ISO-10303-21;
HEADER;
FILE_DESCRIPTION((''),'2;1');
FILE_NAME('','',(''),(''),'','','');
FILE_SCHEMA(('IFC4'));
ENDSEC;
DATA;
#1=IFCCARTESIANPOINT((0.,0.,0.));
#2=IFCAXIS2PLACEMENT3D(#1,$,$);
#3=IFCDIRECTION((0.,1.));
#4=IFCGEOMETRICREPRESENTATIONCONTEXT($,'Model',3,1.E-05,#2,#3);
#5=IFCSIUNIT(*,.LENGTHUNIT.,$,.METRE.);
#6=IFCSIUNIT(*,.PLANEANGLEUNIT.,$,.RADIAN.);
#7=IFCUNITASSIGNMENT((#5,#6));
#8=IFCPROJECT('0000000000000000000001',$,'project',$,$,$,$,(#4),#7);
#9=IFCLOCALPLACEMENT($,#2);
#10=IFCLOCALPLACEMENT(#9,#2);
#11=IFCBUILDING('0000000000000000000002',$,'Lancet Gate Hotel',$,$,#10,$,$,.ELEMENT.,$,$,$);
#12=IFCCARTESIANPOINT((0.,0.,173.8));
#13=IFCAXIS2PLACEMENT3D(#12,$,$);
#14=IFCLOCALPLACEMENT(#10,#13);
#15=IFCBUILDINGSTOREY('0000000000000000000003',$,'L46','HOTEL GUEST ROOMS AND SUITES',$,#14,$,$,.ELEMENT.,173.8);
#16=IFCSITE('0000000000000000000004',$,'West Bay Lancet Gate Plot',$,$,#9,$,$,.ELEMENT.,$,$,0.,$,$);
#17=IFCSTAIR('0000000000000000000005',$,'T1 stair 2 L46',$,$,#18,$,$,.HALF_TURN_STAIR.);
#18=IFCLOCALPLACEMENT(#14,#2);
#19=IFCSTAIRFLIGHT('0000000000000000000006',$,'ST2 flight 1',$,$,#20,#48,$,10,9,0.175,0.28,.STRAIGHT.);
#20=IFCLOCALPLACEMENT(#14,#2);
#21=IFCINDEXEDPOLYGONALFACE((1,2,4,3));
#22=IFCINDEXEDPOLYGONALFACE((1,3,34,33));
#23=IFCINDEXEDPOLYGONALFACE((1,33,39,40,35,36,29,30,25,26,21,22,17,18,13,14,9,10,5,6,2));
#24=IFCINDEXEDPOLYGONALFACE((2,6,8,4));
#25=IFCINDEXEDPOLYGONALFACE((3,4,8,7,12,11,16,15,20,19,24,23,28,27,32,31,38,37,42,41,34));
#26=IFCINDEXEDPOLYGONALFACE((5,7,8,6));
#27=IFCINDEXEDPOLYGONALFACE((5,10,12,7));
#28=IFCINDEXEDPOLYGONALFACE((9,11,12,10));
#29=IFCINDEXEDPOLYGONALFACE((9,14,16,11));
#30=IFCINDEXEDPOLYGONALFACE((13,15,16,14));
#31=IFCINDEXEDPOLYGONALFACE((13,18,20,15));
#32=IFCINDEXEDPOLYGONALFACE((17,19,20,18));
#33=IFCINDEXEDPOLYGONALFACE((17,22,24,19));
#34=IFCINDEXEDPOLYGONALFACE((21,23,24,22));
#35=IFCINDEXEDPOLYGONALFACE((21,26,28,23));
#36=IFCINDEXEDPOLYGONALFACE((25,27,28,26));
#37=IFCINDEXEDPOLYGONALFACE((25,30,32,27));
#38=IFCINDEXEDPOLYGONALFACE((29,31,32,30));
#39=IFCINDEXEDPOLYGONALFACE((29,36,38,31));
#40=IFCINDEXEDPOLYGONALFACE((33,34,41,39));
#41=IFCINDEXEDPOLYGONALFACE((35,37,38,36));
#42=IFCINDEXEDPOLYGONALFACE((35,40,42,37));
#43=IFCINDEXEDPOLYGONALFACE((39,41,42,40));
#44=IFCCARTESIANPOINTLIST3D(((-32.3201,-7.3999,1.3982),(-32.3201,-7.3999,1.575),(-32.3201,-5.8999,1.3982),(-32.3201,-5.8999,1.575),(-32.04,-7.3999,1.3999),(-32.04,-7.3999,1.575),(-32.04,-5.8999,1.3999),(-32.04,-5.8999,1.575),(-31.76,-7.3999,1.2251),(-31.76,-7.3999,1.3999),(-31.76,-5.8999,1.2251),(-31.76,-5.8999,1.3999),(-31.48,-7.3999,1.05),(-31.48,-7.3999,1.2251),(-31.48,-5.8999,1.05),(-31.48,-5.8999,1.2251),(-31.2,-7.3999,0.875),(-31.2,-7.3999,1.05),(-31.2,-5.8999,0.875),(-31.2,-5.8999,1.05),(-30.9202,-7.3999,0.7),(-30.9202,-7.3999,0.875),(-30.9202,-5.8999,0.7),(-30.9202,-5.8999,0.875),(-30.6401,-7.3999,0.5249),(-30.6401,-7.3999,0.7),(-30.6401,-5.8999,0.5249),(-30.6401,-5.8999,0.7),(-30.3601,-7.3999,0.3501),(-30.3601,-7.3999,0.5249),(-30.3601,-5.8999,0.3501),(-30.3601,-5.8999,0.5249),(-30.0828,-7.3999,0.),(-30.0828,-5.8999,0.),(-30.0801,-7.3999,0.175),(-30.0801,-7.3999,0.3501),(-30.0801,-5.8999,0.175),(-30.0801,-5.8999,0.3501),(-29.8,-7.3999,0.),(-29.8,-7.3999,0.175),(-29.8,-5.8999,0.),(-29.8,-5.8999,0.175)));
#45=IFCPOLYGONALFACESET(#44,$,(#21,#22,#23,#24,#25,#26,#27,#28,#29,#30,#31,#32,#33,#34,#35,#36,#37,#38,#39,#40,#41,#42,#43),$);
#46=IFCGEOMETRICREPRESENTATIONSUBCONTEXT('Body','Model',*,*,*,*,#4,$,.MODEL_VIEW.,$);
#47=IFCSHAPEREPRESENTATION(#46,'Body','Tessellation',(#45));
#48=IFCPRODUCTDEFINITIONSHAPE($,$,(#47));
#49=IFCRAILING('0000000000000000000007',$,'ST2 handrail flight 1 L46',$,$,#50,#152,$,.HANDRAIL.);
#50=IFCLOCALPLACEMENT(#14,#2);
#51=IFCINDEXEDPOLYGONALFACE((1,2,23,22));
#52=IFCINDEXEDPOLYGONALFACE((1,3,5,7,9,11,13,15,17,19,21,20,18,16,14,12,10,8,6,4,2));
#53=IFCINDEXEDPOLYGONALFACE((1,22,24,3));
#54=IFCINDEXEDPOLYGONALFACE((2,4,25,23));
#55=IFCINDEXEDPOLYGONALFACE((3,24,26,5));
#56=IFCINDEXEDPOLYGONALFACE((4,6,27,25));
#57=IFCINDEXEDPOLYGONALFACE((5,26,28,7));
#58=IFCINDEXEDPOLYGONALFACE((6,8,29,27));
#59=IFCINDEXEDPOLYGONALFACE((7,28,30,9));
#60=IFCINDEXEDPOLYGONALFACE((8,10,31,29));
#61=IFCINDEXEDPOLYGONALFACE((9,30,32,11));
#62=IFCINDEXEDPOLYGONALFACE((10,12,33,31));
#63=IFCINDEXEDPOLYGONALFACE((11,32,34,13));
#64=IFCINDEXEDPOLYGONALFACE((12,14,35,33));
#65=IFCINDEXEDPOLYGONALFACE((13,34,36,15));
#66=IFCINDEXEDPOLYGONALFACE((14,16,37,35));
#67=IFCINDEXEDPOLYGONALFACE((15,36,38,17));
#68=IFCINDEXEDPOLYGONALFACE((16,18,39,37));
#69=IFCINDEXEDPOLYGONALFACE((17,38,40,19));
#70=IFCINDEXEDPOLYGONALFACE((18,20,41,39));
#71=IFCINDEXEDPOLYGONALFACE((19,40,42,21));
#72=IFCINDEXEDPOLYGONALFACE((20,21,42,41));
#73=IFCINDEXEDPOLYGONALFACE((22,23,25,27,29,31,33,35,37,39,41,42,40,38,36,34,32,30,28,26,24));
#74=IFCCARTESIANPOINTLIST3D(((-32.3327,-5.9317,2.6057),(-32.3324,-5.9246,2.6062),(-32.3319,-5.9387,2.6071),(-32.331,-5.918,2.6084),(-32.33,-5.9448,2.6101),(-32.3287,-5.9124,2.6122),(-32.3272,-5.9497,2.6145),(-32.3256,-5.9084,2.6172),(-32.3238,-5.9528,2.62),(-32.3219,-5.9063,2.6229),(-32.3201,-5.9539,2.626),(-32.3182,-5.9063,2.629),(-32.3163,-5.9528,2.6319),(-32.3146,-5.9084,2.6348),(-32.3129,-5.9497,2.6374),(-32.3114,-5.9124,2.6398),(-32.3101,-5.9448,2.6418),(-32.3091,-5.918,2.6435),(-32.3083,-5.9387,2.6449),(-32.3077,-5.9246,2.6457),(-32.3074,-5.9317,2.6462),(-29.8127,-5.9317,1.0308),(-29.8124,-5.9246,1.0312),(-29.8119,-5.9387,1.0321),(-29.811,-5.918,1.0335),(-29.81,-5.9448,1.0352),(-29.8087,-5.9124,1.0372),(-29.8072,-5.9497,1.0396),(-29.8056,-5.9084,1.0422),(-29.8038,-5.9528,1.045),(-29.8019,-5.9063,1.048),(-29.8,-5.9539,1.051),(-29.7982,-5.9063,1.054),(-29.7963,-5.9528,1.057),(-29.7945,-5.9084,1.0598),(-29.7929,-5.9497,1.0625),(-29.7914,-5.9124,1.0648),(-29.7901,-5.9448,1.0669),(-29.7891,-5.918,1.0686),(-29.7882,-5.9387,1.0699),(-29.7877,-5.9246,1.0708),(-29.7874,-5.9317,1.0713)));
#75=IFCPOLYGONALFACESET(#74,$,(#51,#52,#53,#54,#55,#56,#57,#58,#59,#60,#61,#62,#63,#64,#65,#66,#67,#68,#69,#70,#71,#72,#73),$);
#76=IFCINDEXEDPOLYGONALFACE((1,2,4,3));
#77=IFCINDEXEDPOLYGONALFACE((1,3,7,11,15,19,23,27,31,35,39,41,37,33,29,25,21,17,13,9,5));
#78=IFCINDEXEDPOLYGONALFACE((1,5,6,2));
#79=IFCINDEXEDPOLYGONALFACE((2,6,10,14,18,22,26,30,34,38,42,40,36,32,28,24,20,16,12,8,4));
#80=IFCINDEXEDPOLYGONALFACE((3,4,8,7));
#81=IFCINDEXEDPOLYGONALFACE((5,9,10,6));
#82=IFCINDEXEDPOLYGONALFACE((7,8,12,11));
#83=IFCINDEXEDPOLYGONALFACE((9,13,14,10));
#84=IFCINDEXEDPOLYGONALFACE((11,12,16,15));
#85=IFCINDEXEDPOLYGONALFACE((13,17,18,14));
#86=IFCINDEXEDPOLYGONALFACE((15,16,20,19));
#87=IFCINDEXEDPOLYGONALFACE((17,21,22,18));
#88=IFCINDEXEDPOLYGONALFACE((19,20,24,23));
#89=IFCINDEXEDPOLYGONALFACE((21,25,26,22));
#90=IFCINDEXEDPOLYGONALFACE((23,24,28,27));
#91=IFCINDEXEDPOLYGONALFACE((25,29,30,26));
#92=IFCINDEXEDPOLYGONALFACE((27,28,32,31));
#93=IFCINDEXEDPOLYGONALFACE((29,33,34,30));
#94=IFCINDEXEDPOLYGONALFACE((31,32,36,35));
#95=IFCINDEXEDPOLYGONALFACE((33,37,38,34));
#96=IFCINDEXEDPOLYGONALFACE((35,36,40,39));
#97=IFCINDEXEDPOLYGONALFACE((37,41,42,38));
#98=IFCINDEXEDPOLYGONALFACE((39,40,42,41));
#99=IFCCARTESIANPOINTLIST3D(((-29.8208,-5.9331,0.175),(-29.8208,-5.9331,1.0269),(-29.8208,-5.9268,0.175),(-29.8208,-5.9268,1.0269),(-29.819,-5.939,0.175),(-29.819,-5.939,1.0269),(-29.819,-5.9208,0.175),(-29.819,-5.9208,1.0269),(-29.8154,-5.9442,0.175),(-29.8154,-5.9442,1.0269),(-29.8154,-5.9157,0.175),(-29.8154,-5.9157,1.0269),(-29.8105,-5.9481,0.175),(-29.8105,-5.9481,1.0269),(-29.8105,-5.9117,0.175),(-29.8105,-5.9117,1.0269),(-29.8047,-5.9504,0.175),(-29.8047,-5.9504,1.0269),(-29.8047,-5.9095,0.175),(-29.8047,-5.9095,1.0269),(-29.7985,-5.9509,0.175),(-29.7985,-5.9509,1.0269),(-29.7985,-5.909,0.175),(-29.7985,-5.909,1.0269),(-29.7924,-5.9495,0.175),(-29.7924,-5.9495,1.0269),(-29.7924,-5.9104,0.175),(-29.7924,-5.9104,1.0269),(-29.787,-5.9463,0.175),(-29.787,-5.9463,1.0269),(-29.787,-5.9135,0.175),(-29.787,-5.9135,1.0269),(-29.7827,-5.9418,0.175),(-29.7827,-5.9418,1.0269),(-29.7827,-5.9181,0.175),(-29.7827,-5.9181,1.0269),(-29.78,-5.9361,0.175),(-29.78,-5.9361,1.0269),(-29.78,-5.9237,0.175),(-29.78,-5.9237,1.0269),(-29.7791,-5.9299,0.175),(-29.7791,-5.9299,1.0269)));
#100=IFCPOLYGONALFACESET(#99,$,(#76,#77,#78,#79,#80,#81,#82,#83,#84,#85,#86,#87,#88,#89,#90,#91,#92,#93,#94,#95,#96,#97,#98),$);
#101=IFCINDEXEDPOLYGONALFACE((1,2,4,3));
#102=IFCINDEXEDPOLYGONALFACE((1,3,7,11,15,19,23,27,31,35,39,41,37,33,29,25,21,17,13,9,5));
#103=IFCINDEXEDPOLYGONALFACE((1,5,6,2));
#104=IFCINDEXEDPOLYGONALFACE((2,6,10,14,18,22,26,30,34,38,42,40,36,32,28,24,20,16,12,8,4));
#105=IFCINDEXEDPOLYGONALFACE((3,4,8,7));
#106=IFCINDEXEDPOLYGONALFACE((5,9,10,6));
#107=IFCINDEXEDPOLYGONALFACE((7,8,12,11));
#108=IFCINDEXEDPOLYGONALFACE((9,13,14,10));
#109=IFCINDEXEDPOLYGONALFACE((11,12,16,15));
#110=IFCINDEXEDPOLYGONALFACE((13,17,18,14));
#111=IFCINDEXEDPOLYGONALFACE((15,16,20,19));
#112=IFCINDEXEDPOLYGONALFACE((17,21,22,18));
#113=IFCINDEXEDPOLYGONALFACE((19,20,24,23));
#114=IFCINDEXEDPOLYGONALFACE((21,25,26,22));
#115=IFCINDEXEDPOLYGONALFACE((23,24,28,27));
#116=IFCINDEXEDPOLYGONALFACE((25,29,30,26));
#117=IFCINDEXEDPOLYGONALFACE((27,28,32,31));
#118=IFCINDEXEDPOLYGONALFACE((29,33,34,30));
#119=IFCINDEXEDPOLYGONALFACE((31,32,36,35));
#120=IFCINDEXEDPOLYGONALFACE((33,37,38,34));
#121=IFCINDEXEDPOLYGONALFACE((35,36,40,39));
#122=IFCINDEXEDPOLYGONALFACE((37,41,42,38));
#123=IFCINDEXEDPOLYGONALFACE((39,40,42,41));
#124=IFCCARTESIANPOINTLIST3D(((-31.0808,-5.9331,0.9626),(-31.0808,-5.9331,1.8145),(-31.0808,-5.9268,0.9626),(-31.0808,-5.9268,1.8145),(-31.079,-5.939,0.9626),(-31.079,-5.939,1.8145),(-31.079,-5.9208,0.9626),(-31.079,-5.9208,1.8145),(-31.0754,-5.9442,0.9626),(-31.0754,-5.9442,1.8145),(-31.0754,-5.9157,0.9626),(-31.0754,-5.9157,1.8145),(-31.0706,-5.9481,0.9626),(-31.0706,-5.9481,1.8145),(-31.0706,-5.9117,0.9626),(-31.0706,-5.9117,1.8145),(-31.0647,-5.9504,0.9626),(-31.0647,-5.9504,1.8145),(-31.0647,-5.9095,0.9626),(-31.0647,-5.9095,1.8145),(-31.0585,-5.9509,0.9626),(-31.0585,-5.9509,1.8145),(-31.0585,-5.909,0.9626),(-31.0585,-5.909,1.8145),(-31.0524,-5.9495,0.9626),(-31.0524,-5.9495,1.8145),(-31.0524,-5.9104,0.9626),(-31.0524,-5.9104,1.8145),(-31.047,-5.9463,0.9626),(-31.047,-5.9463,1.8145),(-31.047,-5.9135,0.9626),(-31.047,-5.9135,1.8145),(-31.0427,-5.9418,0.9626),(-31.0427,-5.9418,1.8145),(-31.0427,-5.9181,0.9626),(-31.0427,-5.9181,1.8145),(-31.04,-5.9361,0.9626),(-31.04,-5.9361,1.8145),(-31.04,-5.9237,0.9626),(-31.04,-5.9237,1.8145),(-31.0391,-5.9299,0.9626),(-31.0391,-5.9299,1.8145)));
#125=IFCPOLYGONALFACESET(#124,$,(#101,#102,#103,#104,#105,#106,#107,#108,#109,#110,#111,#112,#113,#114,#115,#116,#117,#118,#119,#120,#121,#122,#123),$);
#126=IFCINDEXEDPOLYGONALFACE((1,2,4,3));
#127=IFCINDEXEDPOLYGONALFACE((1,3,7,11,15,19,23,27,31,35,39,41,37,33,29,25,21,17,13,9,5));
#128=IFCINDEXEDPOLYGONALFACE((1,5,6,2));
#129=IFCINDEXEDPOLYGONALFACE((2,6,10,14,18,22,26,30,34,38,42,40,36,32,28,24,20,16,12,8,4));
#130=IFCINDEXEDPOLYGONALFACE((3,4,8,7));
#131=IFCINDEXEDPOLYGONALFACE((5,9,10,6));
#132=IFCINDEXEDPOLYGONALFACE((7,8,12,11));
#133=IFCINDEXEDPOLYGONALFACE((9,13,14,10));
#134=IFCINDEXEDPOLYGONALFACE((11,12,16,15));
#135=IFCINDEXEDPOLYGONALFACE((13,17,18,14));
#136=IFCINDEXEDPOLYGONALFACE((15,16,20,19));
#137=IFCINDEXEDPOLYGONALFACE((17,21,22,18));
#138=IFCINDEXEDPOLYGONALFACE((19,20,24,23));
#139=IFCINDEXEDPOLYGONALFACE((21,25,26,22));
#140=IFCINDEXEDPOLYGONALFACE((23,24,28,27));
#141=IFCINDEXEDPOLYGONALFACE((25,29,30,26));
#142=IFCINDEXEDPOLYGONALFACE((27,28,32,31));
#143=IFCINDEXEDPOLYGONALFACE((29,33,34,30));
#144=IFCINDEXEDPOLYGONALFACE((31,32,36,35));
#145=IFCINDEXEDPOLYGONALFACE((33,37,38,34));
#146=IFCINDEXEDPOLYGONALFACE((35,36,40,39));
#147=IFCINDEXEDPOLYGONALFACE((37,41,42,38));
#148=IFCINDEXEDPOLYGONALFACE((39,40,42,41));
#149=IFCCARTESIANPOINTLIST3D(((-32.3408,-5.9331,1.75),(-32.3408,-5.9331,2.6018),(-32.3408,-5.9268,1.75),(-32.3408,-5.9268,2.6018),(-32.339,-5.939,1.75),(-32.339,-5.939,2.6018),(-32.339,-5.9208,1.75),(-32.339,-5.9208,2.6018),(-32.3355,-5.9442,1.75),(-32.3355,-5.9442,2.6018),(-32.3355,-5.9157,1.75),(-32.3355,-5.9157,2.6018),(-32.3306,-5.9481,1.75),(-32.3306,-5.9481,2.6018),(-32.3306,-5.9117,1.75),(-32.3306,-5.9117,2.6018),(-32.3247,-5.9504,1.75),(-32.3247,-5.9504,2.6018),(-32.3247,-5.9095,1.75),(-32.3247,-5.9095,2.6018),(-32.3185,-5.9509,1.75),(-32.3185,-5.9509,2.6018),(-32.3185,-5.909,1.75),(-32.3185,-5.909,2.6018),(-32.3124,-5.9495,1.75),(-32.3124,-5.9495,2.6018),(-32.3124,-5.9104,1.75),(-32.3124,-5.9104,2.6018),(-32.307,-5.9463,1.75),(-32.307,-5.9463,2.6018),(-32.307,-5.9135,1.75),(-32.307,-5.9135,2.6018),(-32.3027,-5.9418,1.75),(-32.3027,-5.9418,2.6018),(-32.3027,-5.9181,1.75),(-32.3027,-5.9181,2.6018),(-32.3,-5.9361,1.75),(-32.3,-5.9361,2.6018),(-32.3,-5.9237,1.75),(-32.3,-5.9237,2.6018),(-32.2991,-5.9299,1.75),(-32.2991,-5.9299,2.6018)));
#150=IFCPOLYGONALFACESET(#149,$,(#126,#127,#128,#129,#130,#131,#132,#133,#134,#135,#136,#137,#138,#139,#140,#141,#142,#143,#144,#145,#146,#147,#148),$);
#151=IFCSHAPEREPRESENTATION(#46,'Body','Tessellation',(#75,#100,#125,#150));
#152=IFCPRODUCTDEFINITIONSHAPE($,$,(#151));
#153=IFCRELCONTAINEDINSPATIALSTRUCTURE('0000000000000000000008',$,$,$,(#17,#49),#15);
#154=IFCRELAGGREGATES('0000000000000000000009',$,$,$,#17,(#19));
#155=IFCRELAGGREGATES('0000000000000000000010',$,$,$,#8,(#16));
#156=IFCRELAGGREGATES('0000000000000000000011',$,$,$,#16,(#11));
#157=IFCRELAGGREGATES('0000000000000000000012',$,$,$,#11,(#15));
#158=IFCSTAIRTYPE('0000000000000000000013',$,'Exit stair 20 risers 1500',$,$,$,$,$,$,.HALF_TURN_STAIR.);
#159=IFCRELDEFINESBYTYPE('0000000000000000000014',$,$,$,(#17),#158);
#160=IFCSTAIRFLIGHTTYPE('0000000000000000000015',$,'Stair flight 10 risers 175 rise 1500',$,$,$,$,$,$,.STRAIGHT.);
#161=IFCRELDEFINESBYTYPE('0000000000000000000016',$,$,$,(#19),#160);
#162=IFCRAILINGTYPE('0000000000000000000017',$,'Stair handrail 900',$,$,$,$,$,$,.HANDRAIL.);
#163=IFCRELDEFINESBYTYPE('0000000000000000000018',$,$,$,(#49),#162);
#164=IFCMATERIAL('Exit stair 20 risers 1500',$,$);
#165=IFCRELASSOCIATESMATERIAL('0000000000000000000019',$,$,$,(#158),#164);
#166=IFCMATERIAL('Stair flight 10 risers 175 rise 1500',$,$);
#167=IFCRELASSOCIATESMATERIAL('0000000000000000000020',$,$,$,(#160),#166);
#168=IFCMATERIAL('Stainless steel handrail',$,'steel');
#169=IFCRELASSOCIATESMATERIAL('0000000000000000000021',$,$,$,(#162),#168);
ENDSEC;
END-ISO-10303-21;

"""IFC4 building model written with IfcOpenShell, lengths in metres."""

from ifc_helpers import new_model, si_unit, direction, frame, origin, origin_2d, place, context, subcontext, project, spatial, polyline, circle, outline, extrude, material, type_object, element, aggregate, save


model = new_model("IFC4")

# Units and contexts
model_context = context("Model", 3, precision=1e-05, world=origin(), true_north=direction((0.0, 1.0)))
body_context = subcontext(model_context, "Body", "Model", "MODEL_VIEW")
ifc_project = project(units=[si_unit("LENGTHUNIT", "METRE"), si_unit("PLANEANGLEUNIT", "RADIAN")], contexts=[model_context])

# Site, building, storey
site_placement = place(None, origin())
site = spatial("IfcSite", under=ifc_project, at=site_placement, Name="West Bay Lancet Gate Plot", CompositionType="ELEMENT", RefElevation=0.0)
building_placement = place(site_placement, origin())
building = spatial("IfcBuilding", under=site, at=building_placement, Name="Lancet Gate Hotel", CompositionType="ELEMENT")
storey_placement = place(building_placement, frame((0.0, 0.0, 173.8)))
storey = spatial("IfcBuildingStorey", under=building, at=storey_placement, Name="L46", Description="HOTEL GUEST ROOMS AND SUITES", CompositionType="ELEMENT", Elevation=173.8)

# Stair, stair flight
ifc_material_1 = material(Name="Exit stair 20 risers 1500")
stair_type = type_object("IfcStairType", Name="Exit stair 20 risers 1500", PredefinedType="HALF_TURN_STAIR", material=ifc_material_1)
stair_placement = place(storey_placement, origin())
stair = element("IfcStair", 1, at=stair_placement, inside=storey, type_object=stair_type, Name="T1 stair 2 L46", PredefinedType="HALF_TURN_STAIR")
ifc_material_2 = material(Name="Stair flight 10 risers 175 rise 1500")
stair_flight_type = type_object("IfcStairFlightType", Name="Stair flight 10 risers 175 rise 1500", PredefinedType="STRAIGHT", material=ifc_material_2)
stair_flight_placement = place(storey_placement, frame((-29.8, -6.6499, 0.0), z_axis=(0.0, 0.0, 1.0), x_axis=(-1.0, 0.0, 0.0)))
stair_flight = element("IfcStairFlight", 2, at=stair_flight_placement, type_object=stair_flight_type, Name="ST2 flight 1", NumberOfRisers=10, NumberOfTreads=9, PredefinedType="STRAIGHT", RiserHeight=0.175, TreadLength=0.28, context=body_context, shape_type="SweptSolid", body=[
    extrude(outline(polyline([(0.0, 0.0), (0.0, 0.175), (0.28, 0.175), (0.28, 0.3501), (0.5601, 0.3501), (0.5601, 0.5249), (0.8401, 0.5249), (0.8401, 0.7), (1.1201, 0.7), (1.1201, 0.875), (1.3999, 0.875), (1.3999, 1.05), (1.6799, 1.05), (1.6799, 1.2251), (1.96, 1.2251), (1.96, 1.3999), (2.24, 1.3999), (2.24, 1.575), (2.52, 1.575), (2.52, 1.75), (2.52, 1.3982), (0.2827, 0.0), (0.0, 0.0)])), frame((0.0, 0.75, 0.0), z_axis=(0.0, -1.0, 0.0), x_axis=(1.0, 0.0, 0.0)), (0.0, 0.0, 1.0), 1.5),
])
aggregate(stair, [stair_flight])

# Railing
ifc_material_3 = material(Name="Stainless steel handrail", Category="steel")
railing_type = type_object("IfcRailingType", Name="Stair handrail 900", PredefinedType="HANDRAIL", material=ifc_material_3)
railing_placement = place(storey_placement, frame((-29.8, -5.9299, 0.175)))
element("IfcRailing", 3, at=railing_placement, inside=storey, type_object=railing_type, Name="ST2 handrail flight 1 L46", PredefinedType="HANDRAIL", context=body_context, shape_type="SweptSolid", body=[
    extrude(circle(Radius=0.0239, at=origin_2d()), frame((0.0, 0.0, 0.876), z_axis=(-0.848008, 0.0, 0.529984), x_axis=(0.0, -1.0, 0.0)), (0.0, 0.0, 1.0), 2.9717),
    extrude(circle(Radius=0.021, at=origin_2d()), origin(), (0.0, 0.0, 1.0), 0.8518),
    extrude(circle(Radius=0.021, at=origin_2d()), frame((-1.26, 0.0, 0.7876)), (0.0, 0.0, 1.0), 0.8518),
    extrude(circle(Radius=0.021, at=origin_2d()), frame((-2.52, 0.0, 1.575)), (0.0, 0.0, 1.0), 0.8518),
])

save(model, "model.ifc")
